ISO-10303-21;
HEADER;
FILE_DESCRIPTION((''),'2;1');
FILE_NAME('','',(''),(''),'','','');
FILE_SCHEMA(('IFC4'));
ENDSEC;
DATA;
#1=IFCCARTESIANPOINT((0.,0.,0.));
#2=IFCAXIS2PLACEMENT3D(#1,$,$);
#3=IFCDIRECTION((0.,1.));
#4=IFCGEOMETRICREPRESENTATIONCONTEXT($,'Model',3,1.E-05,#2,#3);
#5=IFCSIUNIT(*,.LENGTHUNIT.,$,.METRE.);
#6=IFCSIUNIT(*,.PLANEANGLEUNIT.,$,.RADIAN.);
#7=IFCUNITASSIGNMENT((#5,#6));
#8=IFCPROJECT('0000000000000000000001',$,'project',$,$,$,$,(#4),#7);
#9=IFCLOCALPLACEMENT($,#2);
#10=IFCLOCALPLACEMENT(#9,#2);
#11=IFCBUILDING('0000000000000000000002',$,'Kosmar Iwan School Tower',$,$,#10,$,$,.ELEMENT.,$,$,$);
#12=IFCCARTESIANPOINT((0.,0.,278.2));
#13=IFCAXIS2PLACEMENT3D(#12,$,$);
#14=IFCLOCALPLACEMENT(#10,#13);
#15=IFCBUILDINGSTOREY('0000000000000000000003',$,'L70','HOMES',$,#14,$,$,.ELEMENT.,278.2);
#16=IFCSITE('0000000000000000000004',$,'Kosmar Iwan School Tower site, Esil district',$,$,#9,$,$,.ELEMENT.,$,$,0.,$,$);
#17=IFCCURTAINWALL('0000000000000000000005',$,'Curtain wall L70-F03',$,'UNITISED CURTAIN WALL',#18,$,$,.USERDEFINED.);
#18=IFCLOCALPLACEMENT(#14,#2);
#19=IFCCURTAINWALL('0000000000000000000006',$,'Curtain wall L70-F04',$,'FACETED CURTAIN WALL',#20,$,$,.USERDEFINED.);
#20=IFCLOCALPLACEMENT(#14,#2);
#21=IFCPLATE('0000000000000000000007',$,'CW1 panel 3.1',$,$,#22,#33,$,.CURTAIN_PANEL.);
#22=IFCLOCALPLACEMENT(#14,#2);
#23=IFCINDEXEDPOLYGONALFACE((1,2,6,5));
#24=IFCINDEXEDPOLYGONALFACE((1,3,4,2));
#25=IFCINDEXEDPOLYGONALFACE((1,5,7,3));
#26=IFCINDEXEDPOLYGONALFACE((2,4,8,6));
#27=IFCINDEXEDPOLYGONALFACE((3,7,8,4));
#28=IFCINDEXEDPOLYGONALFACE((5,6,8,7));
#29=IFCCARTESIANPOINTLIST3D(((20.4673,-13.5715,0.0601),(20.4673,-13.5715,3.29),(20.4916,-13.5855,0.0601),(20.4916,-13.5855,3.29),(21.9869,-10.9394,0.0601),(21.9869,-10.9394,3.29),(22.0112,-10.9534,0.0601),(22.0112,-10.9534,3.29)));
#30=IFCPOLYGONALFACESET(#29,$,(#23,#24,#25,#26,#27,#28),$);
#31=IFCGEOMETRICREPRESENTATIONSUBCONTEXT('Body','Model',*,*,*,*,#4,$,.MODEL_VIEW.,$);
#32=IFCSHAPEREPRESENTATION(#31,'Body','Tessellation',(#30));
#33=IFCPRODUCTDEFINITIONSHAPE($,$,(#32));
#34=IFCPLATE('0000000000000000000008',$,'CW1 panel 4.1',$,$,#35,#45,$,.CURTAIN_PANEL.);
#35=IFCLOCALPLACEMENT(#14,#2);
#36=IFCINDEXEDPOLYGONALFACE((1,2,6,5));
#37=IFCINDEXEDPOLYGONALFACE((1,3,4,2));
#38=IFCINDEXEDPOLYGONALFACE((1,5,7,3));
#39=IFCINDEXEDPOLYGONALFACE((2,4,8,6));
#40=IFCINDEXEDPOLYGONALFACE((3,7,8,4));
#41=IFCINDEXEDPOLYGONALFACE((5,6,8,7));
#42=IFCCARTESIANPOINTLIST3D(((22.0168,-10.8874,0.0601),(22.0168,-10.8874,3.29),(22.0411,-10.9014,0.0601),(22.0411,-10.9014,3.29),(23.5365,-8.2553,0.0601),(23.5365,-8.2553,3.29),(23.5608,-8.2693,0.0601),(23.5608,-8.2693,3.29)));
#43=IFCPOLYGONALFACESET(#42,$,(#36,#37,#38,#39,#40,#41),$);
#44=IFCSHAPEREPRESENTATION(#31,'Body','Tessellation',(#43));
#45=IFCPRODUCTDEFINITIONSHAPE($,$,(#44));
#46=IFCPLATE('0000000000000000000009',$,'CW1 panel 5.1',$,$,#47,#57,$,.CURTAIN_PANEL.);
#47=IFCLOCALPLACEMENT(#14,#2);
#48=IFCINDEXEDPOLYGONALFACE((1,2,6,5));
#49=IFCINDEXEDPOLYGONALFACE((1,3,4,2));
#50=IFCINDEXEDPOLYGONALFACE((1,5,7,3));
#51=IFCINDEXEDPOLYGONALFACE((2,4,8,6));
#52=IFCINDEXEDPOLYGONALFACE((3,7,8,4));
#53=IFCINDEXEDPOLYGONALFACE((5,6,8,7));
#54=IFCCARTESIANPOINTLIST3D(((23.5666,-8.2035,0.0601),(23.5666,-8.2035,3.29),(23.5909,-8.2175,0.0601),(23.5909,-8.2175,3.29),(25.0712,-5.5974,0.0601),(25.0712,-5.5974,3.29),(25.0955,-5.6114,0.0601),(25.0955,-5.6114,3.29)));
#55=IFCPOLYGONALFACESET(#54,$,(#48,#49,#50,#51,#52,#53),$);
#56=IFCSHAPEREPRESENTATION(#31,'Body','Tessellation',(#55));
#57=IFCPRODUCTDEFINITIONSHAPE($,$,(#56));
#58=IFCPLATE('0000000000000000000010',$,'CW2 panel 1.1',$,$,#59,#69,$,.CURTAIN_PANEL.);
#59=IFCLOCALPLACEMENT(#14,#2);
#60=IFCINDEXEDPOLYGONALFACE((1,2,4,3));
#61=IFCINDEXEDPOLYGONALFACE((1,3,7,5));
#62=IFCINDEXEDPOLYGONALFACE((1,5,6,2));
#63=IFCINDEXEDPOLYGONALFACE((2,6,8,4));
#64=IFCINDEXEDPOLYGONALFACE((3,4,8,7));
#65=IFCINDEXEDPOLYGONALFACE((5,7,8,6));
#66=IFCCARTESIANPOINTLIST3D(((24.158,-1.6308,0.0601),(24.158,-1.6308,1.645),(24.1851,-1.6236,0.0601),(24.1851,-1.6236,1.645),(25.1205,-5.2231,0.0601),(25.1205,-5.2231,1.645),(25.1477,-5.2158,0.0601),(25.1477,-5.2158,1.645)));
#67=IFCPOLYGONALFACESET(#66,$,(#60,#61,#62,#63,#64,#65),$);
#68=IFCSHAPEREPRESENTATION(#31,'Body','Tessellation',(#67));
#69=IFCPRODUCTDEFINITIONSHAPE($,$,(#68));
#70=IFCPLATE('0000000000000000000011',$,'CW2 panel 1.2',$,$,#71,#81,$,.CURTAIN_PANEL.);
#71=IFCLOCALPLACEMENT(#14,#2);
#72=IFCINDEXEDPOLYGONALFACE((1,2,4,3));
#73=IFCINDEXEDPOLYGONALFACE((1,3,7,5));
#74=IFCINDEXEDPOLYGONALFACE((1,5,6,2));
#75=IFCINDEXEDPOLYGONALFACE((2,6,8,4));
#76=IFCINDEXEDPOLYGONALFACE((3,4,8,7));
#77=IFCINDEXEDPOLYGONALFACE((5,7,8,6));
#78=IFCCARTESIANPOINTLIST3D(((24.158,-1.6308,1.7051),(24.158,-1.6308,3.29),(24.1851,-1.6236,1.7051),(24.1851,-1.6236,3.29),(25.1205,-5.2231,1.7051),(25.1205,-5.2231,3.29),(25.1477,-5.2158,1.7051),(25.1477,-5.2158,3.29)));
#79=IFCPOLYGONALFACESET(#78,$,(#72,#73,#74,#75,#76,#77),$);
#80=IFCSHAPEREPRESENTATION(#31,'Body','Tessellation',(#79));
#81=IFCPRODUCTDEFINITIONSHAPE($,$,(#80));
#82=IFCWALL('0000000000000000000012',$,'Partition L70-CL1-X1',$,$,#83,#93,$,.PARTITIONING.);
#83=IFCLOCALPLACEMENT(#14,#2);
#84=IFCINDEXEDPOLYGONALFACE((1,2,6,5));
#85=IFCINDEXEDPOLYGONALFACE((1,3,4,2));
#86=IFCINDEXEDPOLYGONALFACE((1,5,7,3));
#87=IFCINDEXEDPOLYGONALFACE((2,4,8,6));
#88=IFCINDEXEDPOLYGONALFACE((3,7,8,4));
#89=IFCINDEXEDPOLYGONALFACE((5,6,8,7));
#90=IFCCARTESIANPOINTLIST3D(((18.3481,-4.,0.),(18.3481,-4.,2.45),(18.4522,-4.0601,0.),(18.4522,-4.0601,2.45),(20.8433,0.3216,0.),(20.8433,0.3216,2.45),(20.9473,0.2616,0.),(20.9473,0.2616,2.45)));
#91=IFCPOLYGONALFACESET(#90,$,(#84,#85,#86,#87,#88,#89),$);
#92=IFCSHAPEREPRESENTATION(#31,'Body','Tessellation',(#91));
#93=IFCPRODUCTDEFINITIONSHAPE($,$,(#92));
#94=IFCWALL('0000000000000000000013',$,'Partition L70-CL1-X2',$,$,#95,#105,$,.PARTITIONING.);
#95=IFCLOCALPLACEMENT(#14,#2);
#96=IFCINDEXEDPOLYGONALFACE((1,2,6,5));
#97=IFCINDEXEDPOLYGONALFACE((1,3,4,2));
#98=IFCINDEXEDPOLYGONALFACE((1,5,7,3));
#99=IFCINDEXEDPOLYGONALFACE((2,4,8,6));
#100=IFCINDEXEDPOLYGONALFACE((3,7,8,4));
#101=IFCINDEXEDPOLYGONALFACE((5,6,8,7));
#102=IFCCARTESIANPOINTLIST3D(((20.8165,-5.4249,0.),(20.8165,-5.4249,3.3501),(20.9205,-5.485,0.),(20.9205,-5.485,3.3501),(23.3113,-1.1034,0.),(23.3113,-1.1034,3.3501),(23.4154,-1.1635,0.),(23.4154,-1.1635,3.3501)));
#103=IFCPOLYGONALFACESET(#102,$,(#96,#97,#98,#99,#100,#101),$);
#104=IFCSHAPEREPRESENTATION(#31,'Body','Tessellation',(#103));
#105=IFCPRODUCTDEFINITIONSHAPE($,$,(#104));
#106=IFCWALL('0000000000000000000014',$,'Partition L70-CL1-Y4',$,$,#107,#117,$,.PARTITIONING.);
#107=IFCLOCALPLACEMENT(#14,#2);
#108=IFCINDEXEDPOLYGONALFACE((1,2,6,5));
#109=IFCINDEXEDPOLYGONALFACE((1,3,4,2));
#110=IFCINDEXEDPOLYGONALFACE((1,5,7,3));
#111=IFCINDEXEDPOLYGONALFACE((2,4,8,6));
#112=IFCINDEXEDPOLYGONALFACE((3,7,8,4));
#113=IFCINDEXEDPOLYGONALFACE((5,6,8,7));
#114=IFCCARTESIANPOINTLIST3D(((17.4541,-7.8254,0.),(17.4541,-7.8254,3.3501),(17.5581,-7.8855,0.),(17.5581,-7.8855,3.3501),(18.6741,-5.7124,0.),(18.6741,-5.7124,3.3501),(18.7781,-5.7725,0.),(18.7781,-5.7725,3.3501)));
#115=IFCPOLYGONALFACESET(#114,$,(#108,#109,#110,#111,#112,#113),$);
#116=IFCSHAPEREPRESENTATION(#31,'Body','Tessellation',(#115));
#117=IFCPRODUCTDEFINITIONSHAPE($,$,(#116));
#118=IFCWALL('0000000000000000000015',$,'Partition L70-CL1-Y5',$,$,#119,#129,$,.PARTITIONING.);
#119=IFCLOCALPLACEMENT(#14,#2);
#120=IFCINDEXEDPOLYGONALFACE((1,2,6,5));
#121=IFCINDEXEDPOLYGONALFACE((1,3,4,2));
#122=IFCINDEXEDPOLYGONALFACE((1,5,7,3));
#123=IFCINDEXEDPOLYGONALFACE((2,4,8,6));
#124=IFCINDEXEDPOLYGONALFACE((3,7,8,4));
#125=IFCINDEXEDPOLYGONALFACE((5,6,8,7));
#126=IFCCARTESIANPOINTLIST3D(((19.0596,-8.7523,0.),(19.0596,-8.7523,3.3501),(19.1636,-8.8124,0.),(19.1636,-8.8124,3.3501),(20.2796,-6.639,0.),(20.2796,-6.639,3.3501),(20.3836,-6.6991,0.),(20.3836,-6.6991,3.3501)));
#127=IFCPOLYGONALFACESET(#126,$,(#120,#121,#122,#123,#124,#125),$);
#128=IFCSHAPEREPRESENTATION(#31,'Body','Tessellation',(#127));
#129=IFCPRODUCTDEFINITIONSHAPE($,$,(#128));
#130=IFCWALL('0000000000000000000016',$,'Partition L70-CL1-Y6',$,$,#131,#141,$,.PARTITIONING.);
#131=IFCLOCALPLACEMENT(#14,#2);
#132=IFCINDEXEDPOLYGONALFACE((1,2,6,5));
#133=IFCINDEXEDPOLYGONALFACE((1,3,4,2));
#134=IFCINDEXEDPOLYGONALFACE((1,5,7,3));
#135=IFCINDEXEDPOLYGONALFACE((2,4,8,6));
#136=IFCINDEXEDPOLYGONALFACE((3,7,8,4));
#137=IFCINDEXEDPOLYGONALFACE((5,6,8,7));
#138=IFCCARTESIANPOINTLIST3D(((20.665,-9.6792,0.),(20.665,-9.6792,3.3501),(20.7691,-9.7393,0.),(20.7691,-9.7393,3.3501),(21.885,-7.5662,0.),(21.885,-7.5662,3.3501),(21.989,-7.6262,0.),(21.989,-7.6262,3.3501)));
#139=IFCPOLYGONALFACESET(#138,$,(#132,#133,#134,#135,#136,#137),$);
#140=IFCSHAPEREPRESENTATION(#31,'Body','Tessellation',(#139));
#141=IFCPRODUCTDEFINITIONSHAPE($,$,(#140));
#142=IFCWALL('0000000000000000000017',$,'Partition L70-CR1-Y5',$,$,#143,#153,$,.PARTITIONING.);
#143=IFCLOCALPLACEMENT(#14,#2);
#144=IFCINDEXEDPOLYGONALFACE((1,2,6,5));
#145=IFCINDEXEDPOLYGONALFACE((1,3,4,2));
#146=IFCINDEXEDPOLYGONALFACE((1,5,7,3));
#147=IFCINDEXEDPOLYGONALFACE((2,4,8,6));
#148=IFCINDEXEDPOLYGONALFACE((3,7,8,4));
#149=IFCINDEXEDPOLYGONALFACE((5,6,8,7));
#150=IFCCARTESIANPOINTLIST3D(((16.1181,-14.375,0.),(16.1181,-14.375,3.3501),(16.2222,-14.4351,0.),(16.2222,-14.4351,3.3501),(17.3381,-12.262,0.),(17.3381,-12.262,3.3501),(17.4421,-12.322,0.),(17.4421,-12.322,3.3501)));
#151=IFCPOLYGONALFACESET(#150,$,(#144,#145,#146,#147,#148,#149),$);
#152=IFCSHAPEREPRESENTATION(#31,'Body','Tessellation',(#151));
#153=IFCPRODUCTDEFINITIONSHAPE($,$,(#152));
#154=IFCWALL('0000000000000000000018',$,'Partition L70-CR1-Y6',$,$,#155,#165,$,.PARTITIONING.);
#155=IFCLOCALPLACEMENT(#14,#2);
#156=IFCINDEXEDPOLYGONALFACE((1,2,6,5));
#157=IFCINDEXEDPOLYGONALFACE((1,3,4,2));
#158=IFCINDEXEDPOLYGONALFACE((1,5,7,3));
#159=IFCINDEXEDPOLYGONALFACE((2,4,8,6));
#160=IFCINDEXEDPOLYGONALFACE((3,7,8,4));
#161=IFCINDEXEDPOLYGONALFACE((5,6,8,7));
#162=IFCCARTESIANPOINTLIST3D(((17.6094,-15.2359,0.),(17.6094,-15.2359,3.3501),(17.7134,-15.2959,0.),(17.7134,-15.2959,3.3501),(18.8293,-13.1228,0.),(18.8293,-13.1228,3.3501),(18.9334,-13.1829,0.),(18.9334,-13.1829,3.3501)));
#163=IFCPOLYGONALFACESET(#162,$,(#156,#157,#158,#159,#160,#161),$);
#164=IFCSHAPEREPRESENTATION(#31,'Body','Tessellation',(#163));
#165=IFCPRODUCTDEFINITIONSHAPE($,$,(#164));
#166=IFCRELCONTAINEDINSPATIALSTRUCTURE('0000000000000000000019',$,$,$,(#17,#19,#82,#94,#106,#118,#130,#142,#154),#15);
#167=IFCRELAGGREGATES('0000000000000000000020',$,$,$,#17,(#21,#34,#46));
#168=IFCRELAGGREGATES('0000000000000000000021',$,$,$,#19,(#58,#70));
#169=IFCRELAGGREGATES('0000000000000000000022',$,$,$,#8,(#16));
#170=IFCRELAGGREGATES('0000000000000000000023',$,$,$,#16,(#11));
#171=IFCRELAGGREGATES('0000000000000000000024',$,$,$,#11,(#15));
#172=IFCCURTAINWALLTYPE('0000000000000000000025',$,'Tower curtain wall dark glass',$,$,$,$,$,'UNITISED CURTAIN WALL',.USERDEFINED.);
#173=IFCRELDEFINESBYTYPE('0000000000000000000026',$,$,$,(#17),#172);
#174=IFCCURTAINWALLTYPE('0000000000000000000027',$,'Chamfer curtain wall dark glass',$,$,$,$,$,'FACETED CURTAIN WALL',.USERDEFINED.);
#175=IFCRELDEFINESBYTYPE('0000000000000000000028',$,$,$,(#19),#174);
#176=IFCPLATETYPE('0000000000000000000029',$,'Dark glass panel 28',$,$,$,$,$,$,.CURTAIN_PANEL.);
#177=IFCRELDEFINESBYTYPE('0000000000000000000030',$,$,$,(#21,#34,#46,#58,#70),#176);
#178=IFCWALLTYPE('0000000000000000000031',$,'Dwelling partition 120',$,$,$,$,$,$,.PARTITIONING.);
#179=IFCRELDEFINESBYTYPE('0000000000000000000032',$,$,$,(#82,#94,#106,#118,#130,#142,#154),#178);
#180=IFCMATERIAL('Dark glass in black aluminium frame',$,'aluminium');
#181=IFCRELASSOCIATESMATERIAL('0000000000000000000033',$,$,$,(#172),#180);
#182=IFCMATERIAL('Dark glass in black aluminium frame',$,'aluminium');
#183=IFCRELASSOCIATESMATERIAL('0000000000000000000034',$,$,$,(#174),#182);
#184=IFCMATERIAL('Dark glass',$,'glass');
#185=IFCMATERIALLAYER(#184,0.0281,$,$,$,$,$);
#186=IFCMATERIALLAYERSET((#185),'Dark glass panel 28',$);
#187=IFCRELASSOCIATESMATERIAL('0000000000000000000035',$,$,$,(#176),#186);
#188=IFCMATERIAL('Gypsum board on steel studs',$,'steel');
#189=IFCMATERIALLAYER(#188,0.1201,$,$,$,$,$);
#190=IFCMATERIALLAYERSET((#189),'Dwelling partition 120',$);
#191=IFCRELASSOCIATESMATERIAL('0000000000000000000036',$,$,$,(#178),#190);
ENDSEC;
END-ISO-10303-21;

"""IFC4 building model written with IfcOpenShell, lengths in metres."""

from ifc_helpers import new_model, si_unit, direction, frame, frame_2d, origin, origin_2d, place, context, subcontext, project, spatial, rectangle, extrude, material, layer, layer_set, type_object, element, aggregate, save


model = new_model("IFC4")

# Units and contexts
model_context = context("Model", 3, precision=1e-05, world=origin(), true_north=direction((0.0, 1.0)))
body_context = subcontext(model_context, "Body", "Model", "MODEL_VIEW")
ifc_project = project(units=[si_unit("LENGTHUNIT", "METRE"), si_unit("PLANEANGLEUNIT", "RADIAN")], contexts=[model_context])

# Site, building, storey
site_placement = place(None, origin())
site = spatial("IfcSite", under=ifc_project, at=site_placement, Name="Kosmar Iwan School Tower site, Esil district", CompositionType="ELEMENT", RefElevation=0.0)
building_placement = place(site_placement, origin())
building = spatial("IfcBuilding", under=site, at=building_placement, Name="Kosmar Iwan School Tower", CompositionType="ELEMENT")
storey_placement = place(building_placement, frame((0.0, 0.0, 278.2)))
storey = spatial("IfcBuildingStorey", under=building, at=storey_placement, Name="L70", Description="HOMES", CompositionType="ELEMENT", Elevation=278.2)

# Curtain walls
ifc_material_1 = material(Name="Dark glass in black aluminium frame", Category="aluminium")
curtain_wall_type_1 = type_object("IfcCurtainWallType", Name="Tower curtain wall dark glass", ElementType="UNITISED CURTAIN WALL", PredefinedType="USERDEFINED", material=ifc_material_1)
curtain_wall_1_placement = place(storey_placement, origin())
curtain_wall_1 = element("IfcCurtainWall", 1, at=curtain_wall_1_placement, inside=storey, type_object=curtain_wall_type_1, Name="Curtain wall L70-F03", ObjectType="UNITISED CURTAIN WALL", PredefinedType="USERDEFINED")
ifc_material_2 = material(Name="Dark glass in black aluminium frame", Category="aluminium")
curtain_wall_type_2 = type_object("IfcCurtainWallType", Name="Chamfer curtain wall dark glass", ElementType="FACETED CURTAIN WALL", PredefinedType="USERDEFINED", material=ifc_material_2)
curtain_wall_2_placement = place(storey_placement, origin())
curtain_wall_2 = element("IfcCurtainWall", 2, at=curtain_wall_2_placement, inside=storey, type_object=curtain_wall_type_2, Name="Curtain wall L70-F04", ObjectType="FACETED CURTAIN WALL", PredefinedType="USERDEFINED")

# Plates
ifc_material_3 = material(Name="Dark glass", Category="glass")
ifc_layer_1 = layer(ifc_material_3, 0.0281)
ifc_layer_set_1 = layer_set([ifc_layer_1], Name="Dark glass panel 28")
plate_type = type_object("IfcPlateType", Name="Dark glass panel 28", PredefinedType="CURTAIN_PANEL", material=ifc_layer_set_1)
plate_1_placement = place(storey_placement, frame((21.2393, -12.2625, 0.0601), z_axis=(0.0, 0.0, 1.0), x_axis=(0.5, 0.866025, 0.0)))
plate_1 = element("IfcPlate", 3, at=plate_1_placement, type_object=plate_type, Name="CW1 panel 3.1", PredefinedType="CURTAIN_PANEL", context=body_context, shape_type="SweptSolid", body=[
    extrude(rectangle(XDim=3.0393, YDim=0.0281, at=origin_2d()), origin(), (0.0, 0.0, 1.0), 3.23),
])
plate_2_placement = place(storey_placement, frame((22.7888, -9.5784, 0.0601), z_axis=(0.0, 0.0, 1.0), x_axis=(0.5, 0.866025, 0.0)))
plate_2 = element("IfcPlate", 4, at=plate_2_placement, type_object=plate_type, Name="CW1 panel 4.1", PredefinedType="CURTAIN_PANEL", context=body_context, shape_type="SweptSolid", body=[
    extrude(rectangle(XDim=3.0393, YDim=0.0281, at=origin_2d()), origin(), (0.0, 0.0, 1.0), 3.23),
])
plate_3_placement = place(storey_placement, frame((24.3311, -6.9075, 0.0601), z_axis=(0.0, 0.0, 1.0), x_axis=(0.5, 0.866025, 0.0)))
plate_3 = element("IfcPlate", 5, at=plate_3_placement, type_object=plate_type, Name="CW1 panel 5.1", PredefinedType="CURTAIN_PANEL", context=body_context, shape_type="SweptSolid", body=[
    extrude(rectangle(XDim=3.0093, YDim=0.0281, at=origin_2d()), origin(), (0.0, 0.0, 1.0), 3.23),
])
aggregate(curtain_wall_1, [plate_1, plate_2, plate_3])
plate_4_placement = place(storey_placement, frame((24.6528, -3.4233, 0.0601), z_axis=(0.0, 0.0, 1.0), x_axis=(-0.258819, 0.965926, 0.0)))
plate_4 = element("IfcPlate", 6, at=plate_4_placement, type_object=plate_type, Name="CW2 panel 1.1", PredefinedType="CURTAIN_PANEL", context=body_context, shape_type="SweptSolid", body=[
    extrude(rectangle(XDim=3.719, YDim=0.0281, at=origin_2d()), origin(), (0.0, 0.0, 1.0), 1.585),
])
plate_5_placement = place(storey_placement, frame((24.6528, -3.4233, 1.7051), z_axis=(0.0, 0.0, 1.0), x_axis=(-0.258819, 0.965926, 0.0)))
plate_5 = element("IfcPlate", 7, at=plate_5_placement, type_object=plate_type, Name="CW2 panel 1.2", PredefinedType="CURTAIN_PANEL", context=body_context, shape_type="SweptSolid", body=[
    extrude(rectangle(XDim=3.719, YDim=0.0281, at=origin_2d()), origin(), (0.0, 0.0, 1.0), 1.585),
])
aggregate(curtain_wall_2, [plate_4, plate_5])

# Walls
ifc_material_4 = material(Name="Gypsum board on steel studs", Category="steel")
ifc_layer_2 = layer(ifc_material_4, 0.1201)
ifc_layer_set_2 = layer_set([ifc_layer_2], Name="Dwelling partition 120")
wall_type = type_object("IfcWallType", Name="Dwelling partition 120", PredefinedType="PARTITIONING", material=ifc_layer_set_2)
wall_1_placement = place(storey_placement, frame((18.4001, -4.03, 0.0), z_axis=(0.0, 0.0, 1.0), x_axis=(0.500012, 0.866019, 0.0)))
element("IfcWall", 8, at=wall_1_placement, inside=storey, type_object=wall_type, Name="Partition L70-CL1-X1", PredefinedType="PARTITIONING", context=body_context, shape_type="SweptSolid", body=[
    extrude(rectangle(XDim=4.9902, YDim=0.1201, at=frame_2d((2.4951, 0.0))), origin(), (0.0, 0.0, 1.0), 2.45),
])
wall_2_placement = place(storey_placement, frame((20.8684, -5.4551, 0.0), z_axis=(0.0, 0.0, 1.0), x_axis=(0.499975, 0.86604, 0.0)))
element("IfcWall", 9, at=wall_2_placement, inside=storey, type_object=wall_type, Name="Partition L70-CL1-X2", PredefinedType="PARTITIONING", context=body_context, shape_type="SweptSolid", body=[
    extrude(rectangle(XDim=4.99, YDim=0.1201, at=frame_2d((2.4951, 0.0))), origin(), (0.0, 0.0, 1.0), 3.3501),
])
wall_3_placement = place(storey_placement, frame((17.5061, -7.8555, 0.0), z_axis=(0.0, 0.0, 1.0), x_axis=(0.500003, 0.866024, 0.0)))
element("IfcWall", 10, at=wall_3_placement, inside=storey, type_object=wall_type, Name="Partition L70-CL1-Y4", PredefinedType="PARTITIONING", context=body_context, shape_type="SweptSolid", body=[
    extrude(rectangle(XDim=2.4399, YDim=0.1201, at=frame_2d((1.22, 0.0))), origin(), (0.0, 0.0, 1.0), 3.3501),
])
wall_4_placement = place(storey_placement, frame((19.1116, -8.7825, 0.0), z_axis=(0.0, 0.0, 1.0), x_axis=(0.499959, 0.866049, 0.0)))
element("IfcWall", 11, at=wall_4_placement, inside=storey, type_object=wall_type, Name="Partition L70-CL1-Y5", PredefinedType="PARTITIONING", context=body_context, shape_type="SweptSolid", body=[
    extrude(rectangle(XDim=2.4402, YDim=0.1201, at=frame_2d((1.2202, 0.0))), origin(), (0.0, 0.0, 1.0), 3.3501),
])
for number, where, z_axis, x_axis, name in (
    (12, (20.717, -9.7092, 0.0), (0.0, 0.0, 1.0), (0.500003, 0.866024, 0.0), "Partition L70-CL1-Y6"),
    (13, (17.3901, -12.292, 0.0), (0.0, 0.0, 1.0), (-0.500003, -0.866024, 0.0), "Partition L70-CR1-Y5"),
    (14, (18.8813, -13.1528, 0.0), (0.0, 0.0, 1.0), (-0.500003, -0.866024, 0.0), "Partition L70-CR1-Y6"),
):
    element("IfcWall", number, at=place(storey_placement, frame(where, z_axis=z_axis, x_axis=x_axis)), inside=storey, type_object=wall_type, Name=name, PredefinedType="PARTITIONING", context=body_context, shape_type="SweptSolid", body=[
        extrude(rectangle(XDim=2.4399, YDim=0.1201, at=frame_2d((1.22, 0.0))), origin(), (0.0, 0.0, 1.0), 3.3501),
    ])

save(model, "model.ifc")
